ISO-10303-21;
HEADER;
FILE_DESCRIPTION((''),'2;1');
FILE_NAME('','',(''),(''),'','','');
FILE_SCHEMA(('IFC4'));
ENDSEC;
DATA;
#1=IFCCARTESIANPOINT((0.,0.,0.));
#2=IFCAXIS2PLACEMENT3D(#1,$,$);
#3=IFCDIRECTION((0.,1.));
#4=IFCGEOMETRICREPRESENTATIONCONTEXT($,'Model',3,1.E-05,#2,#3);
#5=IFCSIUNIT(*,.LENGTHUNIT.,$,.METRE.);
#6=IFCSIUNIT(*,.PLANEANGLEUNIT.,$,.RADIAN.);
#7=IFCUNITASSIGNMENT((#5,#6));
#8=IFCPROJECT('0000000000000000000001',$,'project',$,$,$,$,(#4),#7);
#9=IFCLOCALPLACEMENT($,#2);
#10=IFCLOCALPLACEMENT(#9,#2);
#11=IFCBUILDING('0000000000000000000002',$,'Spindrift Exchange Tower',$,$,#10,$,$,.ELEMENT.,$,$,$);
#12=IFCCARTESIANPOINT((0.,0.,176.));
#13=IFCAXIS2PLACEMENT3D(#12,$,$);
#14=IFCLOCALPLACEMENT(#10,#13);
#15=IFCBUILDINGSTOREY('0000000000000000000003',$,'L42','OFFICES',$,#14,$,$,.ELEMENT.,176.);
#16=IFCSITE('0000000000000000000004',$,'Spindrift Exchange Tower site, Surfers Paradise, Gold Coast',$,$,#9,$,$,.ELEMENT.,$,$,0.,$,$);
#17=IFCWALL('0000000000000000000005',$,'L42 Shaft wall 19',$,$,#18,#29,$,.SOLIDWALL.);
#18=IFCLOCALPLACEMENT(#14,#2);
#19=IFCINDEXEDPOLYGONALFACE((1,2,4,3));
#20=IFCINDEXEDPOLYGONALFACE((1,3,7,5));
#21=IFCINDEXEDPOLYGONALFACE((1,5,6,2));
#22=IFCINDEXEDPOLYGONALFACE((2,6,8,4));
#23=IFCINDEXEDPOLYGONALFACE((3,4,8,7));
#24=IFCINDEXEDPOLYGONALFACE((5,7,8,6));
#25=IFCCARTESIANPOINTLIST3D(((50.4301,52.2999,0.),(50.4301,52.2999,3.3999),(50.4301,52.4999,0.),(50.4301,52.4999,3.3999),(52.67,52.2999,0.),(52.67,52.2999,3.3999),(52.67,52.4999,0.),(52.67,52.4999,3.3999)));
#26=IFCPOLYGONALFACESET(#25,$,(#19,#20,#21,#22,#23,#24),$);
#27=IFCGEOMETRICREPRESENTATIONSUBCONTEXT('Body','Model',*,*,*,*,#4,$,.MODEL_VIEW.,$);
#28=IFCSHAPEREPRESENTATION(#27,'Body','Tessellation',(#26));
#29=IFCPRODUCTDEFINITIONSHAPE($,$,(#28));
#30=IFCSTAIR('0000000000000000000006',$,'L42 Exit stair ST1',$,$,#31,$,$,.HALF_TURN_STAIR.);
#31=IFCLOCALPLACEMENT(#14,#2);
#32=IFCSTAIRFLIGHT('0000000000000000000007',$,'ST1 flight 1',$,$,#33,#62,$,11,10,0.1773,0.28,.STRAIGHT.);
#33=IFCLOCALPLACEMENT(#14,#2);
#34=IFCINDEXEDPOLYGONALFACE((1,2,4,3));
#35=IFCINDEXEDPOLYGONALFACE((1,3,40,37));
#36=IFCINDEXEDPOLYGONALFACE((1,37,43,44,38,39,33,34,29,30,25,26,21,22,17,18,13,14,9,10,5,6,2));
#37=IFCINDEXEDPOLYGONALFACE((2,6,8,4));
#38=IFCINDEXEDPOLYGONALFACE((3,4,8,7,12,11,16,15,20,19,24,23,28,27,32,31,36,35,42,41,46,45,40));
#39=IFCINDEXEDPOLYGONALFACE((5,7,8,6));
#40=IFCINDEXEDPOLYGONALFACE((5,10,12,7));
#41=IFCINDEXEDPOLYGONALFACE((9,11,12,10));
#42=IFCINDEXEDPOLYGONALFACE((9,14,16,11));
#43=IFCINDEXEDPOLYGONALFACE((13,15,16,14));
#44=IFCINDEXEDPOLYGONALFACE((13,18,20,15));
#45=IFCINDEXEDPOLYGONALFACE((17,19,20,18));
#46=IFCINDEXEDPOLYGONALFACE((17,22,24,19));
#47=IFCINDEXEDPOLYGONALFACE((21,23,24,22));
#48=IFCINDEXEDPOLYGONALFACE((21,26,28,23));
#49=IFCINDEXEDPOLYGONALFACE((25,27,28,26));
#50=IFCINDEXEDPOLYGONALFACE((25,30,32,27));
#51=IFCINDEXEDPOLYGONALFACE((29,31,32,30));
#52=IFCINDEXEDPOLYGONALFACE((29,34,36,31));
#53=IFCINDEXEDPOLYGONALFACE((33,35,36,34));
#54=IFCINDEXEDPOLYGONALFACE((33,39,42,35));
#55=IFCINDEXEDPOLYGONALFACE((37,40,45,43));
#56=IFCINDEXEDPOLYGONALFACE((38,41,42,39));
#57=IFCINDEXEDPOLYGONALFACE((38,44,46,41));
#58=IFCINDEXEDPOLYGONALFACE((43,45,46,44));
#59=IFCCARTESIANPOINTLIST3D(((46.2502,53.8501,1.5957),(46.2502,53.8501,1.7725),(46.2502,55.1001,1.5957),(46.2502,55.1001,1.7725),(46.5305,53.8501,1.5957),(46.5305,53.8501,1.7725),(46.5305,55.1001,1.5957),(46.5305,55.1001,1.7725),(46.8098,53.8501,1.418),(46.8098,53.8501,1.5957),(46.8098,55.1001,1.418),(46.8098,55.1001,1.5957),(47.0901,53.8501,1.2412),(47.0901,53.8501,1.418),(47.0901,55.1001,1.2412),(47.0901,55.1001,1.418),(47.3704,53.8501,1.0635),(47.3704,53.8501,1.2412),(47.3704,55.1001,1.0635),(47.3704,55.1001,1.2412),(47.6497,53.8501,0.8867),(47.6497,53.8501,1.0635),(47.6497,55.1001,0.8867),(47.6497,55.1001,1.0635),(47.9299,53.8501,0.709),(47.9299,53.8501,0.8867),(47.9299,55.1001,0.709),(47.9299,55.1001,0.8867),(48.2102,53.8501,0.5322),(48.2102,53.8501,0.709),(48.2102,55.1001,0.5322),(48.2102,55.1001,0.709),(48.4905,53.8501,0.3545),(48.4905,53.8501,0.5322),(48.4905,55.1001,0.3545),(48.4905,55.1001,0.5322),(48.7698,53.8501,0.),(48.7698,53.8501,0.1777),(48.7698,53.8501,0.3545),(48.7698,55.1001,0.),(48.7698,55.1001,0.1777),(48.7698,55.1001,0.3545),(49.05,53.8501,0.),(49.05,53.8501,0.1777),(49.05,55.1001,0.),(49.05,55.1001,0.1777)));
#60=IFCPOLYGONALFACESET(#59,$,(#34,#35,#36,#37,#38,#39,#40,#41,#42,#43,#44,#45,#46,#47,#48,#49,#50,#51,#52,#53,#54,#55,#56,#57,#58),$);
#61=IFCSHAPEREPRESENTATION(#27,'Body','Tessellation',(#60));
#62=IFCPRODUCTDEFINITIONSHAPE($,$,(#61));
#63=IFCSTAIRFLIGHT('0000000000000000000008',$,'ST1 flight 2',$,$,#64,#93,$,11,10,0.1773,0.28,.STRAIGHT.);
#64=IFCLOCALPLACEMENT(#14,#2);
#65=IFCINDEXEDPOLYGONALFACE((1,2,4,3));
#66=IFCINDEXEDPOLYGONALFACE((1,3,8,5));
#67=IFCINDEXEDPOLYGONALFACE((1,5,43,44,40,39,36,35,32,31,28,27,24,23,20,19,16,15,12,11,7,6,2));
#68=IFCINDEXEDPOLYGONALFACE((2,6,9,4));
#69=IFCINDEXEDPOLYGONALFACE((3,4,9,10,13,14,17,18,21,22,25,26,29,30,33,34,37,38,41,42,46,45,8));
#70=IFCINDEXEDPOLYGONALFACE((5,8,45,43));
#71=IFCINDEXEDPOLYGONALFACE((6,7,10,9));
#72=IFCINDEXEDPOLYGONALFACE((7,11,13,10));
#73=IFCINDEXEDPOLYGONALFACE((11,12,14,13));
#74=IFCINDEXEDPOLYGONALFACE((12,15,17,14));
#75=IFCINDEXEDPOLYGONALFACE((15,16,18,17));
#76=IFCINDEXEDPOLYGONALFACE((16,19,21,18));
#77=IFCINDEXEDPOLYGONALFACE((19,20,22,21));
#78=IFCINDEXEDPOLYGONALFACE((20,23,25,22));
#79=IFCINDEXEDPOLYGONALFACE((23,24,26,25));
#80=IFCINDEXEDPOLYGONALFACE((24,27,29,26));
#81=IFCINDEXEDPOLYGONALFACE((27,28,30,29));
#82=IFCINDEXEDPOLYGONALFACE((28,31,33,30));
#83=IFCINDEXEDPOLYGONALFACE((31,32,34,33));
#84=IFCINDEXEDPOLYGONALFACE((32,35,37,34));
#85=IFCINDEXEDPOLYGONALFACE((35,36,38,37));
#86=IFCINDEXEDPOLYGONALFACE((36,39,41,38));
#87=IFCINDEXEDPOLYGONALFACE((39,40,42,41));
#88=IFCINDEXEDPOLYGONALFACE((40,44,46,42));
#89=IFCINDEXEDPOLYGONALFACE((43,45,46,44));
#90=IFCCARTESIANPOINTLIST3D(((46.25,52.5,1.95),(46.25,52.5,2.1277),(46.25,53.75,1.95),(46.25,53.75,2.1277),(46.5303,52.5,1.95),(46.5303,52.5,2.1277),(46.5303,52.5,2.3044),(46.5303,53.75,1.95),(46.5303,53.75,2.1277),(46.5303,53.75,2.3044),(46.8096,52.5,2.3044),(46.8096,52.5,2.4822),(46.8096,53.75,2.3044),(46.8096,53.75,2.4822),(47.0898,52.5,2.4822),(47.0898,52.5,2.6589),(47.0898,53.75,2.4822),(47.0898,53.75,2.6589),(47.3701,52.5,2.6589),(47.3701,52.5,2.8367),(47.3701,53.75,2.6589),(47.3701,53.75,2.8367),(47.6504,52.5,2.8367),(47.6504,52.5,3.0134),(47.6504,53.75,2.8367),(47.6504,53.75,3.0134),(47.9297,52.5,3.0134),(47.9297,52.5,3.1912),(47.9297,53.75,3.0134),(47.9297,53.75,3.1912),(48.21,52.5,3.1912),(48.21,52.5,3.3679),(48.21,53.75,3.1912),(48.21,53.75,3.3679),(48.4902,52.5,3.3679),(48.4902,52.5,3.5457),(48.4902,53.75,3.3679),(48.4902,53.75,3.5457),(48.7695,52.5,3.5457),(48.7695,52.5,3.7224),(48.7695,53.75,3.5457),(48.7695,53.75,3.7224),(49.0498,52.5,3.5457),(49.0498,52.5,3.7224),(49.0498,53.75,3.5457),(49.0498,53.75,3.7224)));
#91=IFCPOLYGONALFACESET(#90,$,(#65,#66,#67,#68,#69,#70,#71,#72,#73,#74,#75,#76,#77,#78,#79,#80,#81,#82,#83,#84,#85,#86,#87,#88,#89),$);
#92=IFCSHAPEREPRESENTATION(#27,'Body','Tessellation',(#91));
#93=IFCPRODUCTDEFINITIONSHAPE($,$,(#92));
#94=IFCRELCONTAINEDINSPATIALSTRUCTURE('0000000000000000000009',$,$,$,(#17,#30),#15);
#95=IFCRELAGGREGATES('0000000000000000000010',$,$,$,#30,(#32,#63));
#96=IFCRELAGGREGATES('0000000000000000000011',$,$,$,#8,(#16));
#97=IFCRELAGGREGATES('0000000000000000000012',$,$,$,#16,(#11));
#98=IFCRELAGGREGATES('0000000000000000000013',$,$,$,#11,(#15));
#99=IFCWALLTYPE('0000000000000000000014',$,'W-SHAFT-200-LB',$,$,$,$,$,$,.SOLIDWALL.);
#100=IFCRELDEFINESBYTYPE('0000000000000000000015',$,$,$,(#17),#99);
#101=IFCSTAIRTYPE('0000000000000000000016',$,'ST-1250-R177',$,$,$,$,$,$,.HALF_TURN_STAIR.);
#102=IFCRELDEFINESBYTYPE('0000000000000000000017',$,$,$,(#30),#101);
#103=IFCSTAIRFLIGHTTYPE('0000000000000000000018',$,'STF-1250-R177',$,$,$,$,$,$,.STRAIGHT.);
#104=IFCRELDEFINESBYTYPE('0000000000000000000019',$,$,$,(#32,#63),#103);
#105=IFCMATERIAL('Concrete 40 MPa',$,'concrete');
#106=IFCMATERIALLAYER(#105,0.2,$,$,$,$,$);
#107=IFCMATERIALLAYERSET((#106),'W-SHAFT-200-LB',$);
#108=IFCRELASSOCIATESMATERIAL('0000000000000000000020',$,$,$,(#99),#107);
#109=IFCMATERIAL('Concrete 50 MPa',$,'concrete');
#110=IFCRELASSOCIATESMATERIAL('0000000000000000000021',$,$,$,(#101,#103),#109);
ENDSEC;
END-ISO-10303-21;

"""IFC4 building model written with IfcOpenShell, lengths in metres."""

from ifc_helpers import new_model, si_unit, direction, frame, frame_2d, origin, place, context, subcontext, project, spatial, line, indexed_curve, rectangle, outline, extrude, material, layer, layer_set, type_object, element, aggregate, save


model = new_model("IFC4")

# Units and contexts
model_context = context("Model", 3, precision=1e-05, world=origin(), true_north=direction((0.0, 1.0)))
body_context = subcontext(model_context, "Body", "Model", "MODEL_VIEW")
ifc_project = project(units=[si_unit("LENGTHUNIT", "METRE"), si_unit("PLANEANGLEUNIT", "RADIAN")], contexts=[model_context])

# Site, building, storey
site_placement = place(None, origin())
site = spatial("IfcSite", under=ifc_project, at=site_placement, Name="Spindrift Exchange Tower site, Surfers Paradise, Gold Coast", CompositionType="ELEMENT", RefElevation=0.0)
building_placement = place(site_placement, origin())
building = spatial("IfcBuilding", under=site, at=building_placement, Name="Spindrift Exchange Tower", CompositionType="ELEMENT")
storey_placement = place(building_placement, frame((0.0, 0.0, 176.0)))
storey = spatial("IfcBuildingStorey", under=building, at=storey_placement, Name="L42", Description="OFFICES", CompositionType="ELEMENT", Elevation=176.0)

# Shared definitions
ifc_material_1 = material(Name="Concrete 40 MPa", Category="concrete")
ifc_layer_1 = layer(ifc_material_1, 0.2)
ifc_layer_set_1 = layer_set([ifc_layer_1], Name="W-SHAFT-200-LB")
wall_type_1 = type_object("IfcWallType", Name="W-SHAFT-200-LB", PredefinedType="SOLIDWALL", material=ifc_layer_set_1)

# Wall
wall_1_placement = place(storey_placement, frame((50.4299, 52.3999, 0.0), z_axis=(0.0, 0.0, 1.0), x_axis=(1.0, 0.0, 0.0)))
element("IfcWall", 1, at=wall_1_placement, inside=storey, type_object=wall_type_1, Name="L42 Shaft wall 19", PredefinedType="SOLIDWALL", context=body_context, shape_type="SweptSolid", body=[
    extrude(rectangle(XDim=2.24, YDim=0.2, at=frame_2d((1.1201, 0.0))), origin(), (0.0, 0.0, 1.0), 3.3999),
])

# Stair, stair flights
ifc_material_2 = material(Name="Concrete 50 MPa", Category="concrete")
stair_type = type_object("IfcStairType", Name="ST-1250-R177", PredefinedType="HALF_TURN_STAIR", material=ifc_material_2)
stair_placement = place(storey_placement, origin())
stair = element("IfcStair", 2, at=stair_placement, inside=storey, type_object=stair_type, Name="L42 Exit stair ST1", PredefinedType="HALF_TURN_STAIR")
stair_flight_type = type_object("IfcStairFlightType", Name="STF-1250-R177", PredefinedType="STRAIGHT", material=ifc_material_2)
stair_flight_1_placement = place(storey_placement, frame((49.05, 54.4751, 0.0), z_axis=(0.0, 0.0, 1.0), x_axis=(-1.0, 0.0, 0.0)))
stair_flight_1 = element("IfcStairFlight", 3, at=stair_flight_1_placement, type_object=stair_flight_type, Name="ST1 flight 1", NumberOfRisers=11, NumberOfTreads=10, PredefinedType="STRAIGHT", RiserHeight=0.1773, TreadLength=0.28, context=body_context, shape_type="SweptSolid", body=[
    extrude(outline(indexed_curve([(0.0, 0.0), (0.0, 0.1777), (0.2803, 0.1777), (0.2803, 0.3545), (0.5596, 0.3545), (0.5596, 0.5322), (0.8398, 0.5322), (0.8398, 0.709), (1.1201, 0.709), (1.1201, 0.8867), (1.4004, 0.8867), (1.4004, 1.0635), (1.6797, 1.0635), (1.6797, 1.2412), (1.96, 1.2412), (1.96, 1.418), (2.2402, 1.418), (2.2402, 1.5957), (2.5195, 1.5957), (2.5195, 1.7725), (2.7998, 1.7725), (2.7998, 1.9502), (2.7998, 1.5957), (0.2803, 0.0)], segments=[line(1, 2, 3, 4, 5, 6, 7, 8, 9, 10, 11, 12, 13, 14, 15, 16, 17, 18, 19, 20, 21, 22, 23, 24, 1)], self_intersect=False)), frame((0.0, 0.625, 0.0), z_axis=(0.0, -1.0, 0.0), x_axis=(1.0, 0.0, 0.0)), (0.0, 0.0, 1.0), 1.25),
])
stair_flight_2_placement = place(storey_placement, frame((46.25, 53.125, 1.95), z_axis=(0.0, 0.0, 1.0), x_axis=(1.0, 0.0, 0.0)))
stair_flight_2 = element("IfcStairFlight", 4, at=stair_flight_2_placement, type_object=stair_flight_type, Name="ST1 flight 2", NumberOfRisers=11, NumberOfTreads=10, PredefinedType="STRAIGHT", RiserHeight=0.1773, TreadLength=0.28, context=body_context, shape_type="SweptSolid", body=[
    extrude(outline(indexed_curve([(0.0, 0.0), (0.0, 0.1777), (0.2803, 0.1777), (0.2803, 0.3545), (0.5596, 0.3545), (0.5596, 0.5322), (0.8398, 0.5322), (0.8398, 0.709), (1.1201, 0.709), (1.1201, 0.8867), (1.4004, 0.8867), (1.4004, 1.0635), (1.6797, 1.0635), (1.6797, 1.2412), (1.96, 1.2412), (1.96, 1.418), (2.2402, 1.418), (2.2402, 1.5957), (2.5195, 1.5957), (2.5195, 1.7725), (2.7998, 1.7725), (2.7998, 1.9502), (2.7998, 1.5957), (0.2803, 0.0)], segments=[line(1, 2, 3, 4, 5, 6, 7, 8, 9, 10, 11, 12, 13, 14, 15, 16, 17, 18, 19, 20, 21, 22, 23, 24, 1)], self_intersect=False)), frame((0.0, 0.625, 0.0), z_axis=(0.0, -1.0, 0.0), x_axis=(1.0, 0.0, 0.0)), (0.0, 0.0, 1.0), 1.25),
])
aggregate(stair, [stair_flight_1, stair_flight_2])

save(model, "model.ifc")
